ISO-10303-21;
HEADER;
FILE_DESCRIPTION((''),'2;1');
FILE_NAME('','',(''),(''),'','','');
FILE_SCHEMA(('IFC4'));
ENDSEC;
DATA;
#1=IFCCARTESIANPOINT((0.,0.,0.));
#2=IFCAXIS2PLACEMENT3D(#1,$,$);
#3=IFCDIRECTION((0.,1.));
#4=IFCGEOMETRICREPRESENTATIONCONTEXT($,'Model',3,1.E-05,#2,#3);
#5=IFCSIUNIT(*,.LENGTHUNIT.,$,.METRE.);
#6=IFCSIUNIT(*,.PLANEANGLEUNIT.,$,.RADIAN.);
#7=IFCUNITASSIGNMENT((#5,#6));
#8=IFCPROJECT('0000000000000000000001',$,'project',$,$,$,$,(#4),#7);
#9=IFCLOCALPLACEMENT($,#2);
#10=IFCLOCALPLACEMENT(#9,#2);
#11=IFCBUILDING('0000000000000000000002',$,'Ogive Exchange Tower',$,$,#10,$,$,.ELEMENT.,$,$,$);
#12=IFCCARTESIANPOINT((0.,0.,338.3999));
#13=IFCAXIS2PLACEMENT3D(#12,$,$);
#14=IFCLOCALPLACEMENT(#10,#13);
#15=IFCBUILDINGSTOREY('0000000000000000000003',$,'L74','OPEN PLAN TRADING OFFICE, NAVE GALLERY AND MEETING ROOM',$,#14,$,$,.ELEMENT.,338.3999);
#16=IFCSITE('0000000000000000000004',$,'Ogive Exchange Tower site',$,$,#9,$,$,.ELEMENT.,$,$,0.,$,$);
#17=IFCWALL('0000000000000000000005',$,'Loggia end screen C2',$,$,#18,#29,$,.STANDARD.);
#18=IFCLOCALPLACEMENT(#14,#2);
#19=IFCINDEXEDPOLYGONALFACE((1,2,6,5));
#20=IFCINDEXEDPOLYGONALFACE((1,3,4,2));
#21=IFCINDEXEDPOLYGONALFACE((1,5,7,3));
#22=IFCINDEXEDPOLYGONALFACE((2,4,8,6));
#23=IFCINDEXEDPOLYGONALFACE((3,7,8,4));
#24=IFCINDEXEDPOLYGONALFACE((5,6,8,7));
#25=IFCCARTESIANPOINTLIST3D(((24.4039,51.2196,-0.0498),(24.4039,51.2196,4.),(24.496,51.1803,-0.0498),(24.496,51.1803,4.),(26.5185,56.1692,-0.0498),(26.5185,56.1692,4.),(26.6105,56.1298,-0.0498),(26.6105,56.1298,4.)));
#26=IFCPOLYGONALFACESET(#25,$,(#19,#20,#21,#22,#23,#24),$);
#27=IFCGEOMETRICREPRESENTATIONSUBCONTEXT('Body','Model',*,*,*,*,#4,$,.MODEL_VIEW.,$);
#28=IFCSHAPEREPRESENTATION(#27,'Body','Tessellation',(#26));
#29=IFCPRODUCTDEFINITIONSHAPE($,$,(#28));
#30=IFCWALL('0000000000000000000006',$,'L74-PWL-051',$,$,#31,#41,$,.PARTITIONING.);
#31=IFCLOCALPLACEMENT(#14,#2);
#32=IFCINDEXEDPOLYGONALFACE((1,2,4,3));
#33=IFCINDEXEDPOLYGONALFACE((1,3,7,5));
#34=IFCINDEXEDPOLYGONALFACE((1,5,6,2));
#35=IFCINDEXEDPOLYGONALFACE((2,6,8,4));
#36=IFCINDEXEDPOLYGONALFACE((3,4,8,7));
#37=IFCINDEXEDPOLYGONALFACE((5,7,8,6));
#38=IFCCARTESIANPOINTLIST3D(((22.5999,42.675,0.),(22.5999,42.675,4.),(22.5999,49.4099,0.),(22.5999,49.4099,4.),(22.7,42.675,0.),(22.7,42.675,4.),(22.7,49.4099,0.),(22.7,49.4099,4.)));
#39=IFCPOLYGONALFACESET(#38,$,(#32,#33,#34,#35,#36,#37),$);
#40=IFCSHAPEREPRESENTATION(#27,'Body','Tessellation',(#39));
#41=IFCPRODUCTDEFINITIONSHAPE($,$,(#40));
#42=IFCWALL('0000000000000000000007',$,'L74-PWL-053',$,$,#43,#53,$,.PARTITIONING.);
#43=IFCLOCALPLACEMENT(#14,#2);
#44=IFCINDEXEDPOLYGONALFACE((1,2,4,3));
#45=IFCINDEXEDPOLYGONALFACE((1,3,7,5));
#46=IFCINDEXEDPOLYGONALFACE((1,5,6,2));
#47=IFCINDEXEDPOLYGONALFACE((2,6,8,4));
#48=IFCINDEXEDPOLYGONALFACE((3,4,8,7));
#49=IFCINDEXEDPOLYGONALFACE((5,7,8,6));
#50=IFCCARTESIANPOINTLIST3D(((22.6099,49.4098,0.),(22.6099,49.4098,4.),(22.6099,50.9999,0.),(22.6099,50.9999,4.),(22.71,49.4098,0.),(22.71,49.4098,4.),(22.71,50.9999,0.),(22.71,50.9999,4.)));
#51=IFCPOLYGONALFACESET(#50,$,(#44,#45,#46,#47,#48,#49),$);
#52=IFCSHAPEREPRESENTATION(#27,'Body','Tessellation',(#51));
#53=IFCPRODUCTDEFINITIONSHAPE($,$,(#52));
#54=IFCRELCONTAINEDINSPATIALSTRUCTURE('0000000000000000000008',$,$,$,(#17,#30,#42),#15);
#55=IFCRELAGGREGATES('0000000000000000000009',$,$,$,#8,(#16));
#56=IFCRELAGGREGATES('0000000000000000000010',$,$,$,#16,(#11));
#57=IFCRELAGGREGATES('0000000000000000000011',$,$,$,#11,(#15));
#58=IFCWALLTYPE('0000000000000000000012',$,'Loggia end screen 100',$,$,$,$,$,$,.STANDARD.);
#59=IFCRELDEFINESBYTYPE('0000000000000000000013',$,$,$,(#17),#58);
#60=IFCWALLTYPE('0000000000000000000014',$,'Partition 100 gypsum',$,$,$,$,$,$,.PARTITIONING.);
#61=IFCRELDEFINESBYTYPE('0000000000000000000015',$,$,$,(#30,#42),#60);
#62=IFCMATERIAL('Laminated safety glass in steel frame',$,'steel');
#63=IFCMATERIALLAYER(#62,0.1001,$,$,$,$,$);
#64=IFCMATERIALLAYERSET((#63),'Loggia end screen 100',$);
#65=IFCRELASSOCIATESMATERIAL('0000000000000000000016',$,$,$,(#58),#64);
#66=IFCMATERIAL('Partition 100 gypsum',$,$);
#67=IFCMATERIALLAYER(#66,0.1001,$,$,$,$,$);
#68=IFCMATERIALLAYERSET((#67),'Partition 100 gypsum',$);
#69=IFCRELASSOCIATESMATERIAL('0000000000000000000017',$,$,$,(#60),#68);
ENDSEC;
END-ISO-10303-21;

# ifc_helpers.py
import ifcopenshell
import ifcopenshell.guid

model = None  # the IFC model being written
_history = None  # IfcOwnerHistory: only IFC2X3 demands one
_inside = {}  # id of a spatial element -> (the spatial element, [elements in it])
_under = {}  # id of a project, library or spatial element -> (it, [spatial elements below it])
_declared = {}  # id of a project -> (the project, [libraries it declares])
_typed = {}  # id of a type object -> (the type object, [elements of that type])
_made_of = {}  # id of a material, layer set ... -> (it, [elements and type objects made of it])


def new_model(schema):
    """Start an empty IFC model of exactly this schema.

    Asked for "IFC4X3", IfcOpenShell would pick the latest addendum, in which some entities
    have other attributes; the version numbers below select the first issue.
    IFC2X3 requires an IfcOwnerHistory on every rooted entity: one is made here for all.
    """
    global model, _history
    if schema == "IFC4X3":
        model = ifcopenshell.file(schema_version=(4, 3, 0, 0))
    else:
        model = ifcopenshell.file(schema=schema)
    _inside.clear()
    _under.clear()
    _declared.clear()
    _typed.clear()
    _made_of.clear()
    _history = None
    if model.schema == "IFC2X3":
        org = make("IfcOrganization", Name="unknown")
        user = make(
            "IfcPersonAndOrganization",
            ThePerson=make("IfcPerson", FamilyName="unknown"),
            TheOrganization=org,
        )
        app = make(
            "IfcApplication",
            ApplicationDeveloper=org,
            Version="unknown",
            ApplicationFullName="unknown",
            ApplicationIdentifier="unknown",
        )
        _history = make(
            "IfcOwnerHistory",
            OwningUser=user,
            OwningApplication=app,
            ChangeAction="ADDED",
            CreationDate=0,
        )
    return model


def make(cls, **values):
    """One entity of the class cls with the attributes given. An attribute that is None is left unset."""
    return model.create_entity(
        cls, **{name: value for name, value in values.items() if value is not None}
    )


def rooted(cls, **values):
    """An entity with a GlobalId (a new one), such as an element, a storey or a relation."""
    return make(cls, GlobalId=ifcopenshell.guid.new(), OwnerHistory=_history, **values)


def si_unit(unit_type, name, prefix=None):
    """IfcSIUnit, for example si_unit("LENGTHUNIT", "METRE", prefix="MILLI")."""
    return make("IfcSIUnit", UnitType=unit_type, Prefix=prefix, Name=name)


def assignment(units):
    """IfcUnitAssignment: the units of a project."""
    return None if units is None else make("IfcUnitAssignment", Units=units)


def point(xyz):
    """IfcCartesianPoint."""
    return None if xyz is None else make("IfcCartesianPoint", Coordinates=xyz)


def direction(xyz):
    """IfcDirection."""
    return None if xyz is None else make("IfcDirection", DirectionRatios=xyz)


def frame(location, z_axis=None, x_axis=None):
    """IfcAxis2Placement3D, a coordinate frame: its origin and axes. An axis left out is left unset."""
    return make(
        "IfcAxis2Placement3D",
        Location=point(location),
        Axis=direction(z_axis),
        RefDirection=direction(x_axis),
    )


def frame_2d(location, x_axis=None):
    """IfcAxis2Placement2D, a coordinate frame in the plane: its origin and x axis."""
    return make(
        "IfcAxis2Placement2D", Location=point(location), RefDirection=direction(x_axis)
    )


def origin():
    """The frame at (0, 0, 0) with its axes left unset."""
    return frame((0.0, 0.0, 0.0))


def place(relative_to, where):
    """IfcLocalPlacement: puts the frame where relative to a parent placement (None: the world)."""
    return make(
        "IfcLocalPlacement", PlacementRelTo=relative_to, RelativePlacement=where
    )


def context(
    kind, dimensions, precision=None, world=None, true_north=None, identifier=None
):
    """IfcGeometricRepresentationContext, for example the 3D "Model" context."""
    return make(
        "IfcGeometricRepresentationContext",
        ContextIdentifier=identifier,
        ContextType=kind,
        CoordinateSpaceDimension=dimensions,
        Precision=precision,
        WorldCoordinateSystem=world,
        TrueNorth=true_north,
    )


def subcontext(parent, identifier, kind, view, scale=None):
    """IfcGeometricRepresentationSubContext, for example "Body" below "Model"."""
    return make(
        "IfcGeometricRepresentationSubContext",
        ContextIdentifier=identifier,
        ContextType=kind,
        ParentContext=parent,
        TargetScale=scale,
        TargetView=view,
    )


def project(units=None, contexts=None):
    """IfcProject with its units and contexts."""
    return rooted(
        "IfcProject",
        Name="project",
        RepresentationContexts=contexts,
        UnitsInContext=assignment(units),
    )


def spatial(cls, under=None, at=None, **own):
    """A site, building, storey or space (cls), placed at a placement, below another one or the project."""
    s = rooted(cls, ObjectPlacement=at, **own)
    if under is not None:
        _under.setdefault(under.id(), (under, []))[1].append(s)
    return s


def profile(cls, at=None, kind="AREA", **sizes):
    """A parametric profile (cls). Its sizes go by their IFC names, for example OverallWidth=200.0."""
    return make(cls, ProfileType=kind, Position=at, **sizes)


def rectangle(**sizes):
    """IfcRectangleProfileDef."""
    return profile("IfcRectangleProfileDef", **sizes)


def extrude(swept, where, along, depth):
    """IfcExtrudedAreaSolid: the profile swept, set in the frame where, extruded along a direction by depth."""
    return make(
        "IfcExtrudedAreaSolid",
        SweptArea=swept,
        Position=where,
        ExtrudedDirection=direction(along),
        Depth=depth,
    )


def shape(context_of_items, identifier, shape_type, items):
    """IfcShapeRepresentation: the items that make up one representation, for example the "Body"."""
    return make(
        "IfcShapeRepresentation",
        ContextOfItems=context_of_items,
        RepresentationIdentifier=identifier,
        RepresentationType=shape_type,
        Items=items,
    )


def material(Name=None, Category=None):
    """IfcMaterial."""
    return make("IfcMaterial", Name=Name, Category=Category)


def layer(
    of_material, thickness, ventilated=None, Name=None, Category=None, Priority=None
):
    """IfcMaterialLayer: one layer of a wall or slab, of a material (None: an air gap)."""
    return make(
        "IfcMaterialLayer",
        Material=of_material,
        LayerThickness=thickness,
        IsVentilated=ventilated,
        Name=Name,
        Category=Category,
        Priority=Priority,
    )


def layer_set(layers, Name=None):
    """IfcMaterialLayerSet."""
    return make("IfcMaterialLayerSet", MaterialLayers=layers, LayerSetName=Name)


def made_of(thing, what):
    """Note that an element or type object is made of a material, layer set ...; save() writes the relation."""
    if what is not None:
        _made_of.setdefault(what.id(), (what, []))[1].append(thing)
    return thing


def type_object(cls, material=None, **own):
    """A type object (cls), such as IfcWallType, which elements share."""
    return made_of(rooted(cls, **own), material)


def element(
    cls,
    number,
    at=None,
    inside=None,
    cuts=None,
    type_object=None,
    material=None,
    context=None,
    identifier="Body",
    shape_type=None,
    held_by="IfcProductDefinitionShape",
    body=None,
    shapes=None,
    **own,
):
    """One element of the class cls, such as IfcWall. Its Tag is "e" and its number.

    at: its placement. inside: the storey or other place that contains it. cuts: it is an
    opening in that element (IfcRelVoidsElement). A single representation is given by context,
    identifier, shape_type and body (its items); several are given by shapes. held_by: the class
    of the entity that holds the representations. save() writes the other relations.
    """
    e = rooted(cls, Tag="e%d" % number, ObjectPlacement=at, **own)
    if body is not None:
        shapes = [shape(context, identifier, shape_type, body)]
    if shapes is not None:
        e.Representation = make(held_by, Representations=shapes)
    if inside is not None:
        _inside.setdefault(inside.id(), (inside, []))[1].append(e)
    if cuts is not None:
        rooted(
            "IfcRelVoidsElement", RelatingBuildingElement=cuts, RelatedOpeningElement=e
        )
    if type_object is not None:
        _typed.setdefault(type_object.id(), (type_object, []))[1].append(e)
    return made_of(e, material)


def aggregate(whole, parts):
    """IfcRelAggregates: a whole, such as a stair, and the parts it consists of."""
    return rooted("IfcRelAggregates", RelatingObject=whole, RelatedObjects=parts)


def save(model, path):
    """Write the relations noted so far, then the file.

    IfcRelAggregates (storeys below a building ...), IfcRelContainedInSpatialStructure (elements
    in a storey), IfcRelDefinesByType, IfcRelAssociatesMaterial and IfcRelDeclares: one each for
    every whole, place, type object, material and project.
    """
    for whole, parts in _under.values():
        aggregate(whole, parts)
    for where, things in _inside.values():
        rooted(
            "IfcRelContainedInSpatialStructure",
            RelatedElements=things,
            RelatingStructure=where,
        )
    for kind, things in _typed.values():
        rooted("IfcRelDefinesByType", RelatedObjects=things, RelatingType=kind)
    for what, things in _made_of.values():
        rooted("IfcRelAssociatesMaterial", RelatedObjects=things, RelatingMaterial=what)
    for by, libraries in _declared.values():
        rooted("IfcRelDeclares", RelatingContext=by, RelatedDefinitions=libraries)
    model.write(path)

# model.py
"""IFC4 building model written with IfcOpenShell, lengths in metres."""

from ifc_helpers import new_model, si_unit, direction, frame, frame_2d, origin, place, context, subcontext, project, spatial, rectangle, extrude, material, layer, layer_set, type_object, element, save


model = new_model("IFC4")

# Units and contexts
model_context = context("Model", 3, precision=1e-05, world=origin(), true_north=direction((0.0, 1.0)))
body_context = subcontext(model_context, "Body", "Model", "MODEL_VIEW")
ifc_project = project(units=[si_unit("LENGTHUNIT", "METRE"), si_unit("PLANEANGLEUNIT", "RADIAN")], contexts=[model_context])

# Site, building, storey
site_placement = place(None, origin())
site = spatial("IfcSite", under=ifc_project, at=site_placement, Name="Ogive Exchange Tower site", CompositionType="ELEMENT", RefElevation=0.0)
building_placement = place(site_placement, origin())
building = spatial("IfcBuilding", under=site, at=building_placement, Name="Ogive Exchange Tower", CompositionType="ELEMENT")
storey_placement = place(building_placement, frame((0.0, 0.0, 338.3999)))
storey = spatial("IfcBuildingStorey", under=building, at=storey_placement, Name="L74", Description="OPEN PLAN TRADING OFFICE, NAVE GALLERY AND MEETING ROOM", CompositionType="ELEMENT", Elevation=338.3999)

# Walls
ifc_material_1 = material(Name="Laminated safety glass in steel frame", Category="steel")
ifc_layer_1 = layer(ifc_material_1, 0.1001)
ifc_layer_set_1 = layer_set([ifc_layer_1], Name="Loggia end screen 100")
wall_type_1 = type_object("IfcWallType", Name="Loggia end screen 100", PredefinedType="STANDARD", material=ifc_layer_set_1)
wall_1_placement = place(storey_placement, frame((24.45, 51.2, -0.0498), z_axis=(0.0, 0.0, 1.0), x_axis=(0.392868, 0.919595, 0.0)))
element("IfcWall", 1, at=wall_1_placement, inside=storey, type_object=wall_type_1, Name="Loggia end screen C2", PredefinedType="STANDARD", context=body_context, shape_type="SweptSolid", body=[
    extrude(rectangle(XDim=5.3823, YDim=0.1001, at=frame_2d((2.6912, 0.0))), origin(), (0.0, 0.0, 1.0), 4.0498),
])
ifc_material_2 = material(Name="Partition 100 gypsum")
ifc_layer_2 = layer(ifc_material_2, 0.1001)
ifc_layer_set_2 = layer_set([ifc_layer_2], Name="Partition 100 gypsum")
wall_type_2 = type_object("IfcWallType", Name="Partition 100 gypsum", PredefinedType="PARTITIONING", material=ifc_layer_set_2)
wall_2_placement = place(storey_placement, frame((22.6499, 42.675, 0.0), z_axis=(0.0, 0.0, 1.0), x_axis=(0.0, 1.0, 0.0)))
element("IfcWall", 2, at=wall_2_placement, inside=storey, type_object=wall_type_2, Name="L74-PWL-051", PredefinedType="PARTITIONING", context=body_context, shape_type="SweptSolid", body=[
    extrude(rectangle(XDim=6.7349, YDim=0.1001, at=frame_2d((3.3674, 0.0))), origin(), (0.0, 0.0, 1.0), 4.0),
])
wall_3_placement = place(storey_placement, frame((22.6599, 49.4099, 0.0), z_axis=(0.0, 0.0, 1.0), x_axis=(0.0, 1.0, 0.0)))
element("IfcWall", 3, at=wall_3_placement, inside=storey, type_object=wall_type_2, Name="L74-PWL-053", PredefinedType="PARTITIONING", context=body_context, shape_type="SweptSolid", body=[
    extrude(rectangle(XDim=1.5901, YDim=0.1001, at=frame_2d((0.7949, 0.0))), origin(), (0.0, 0.0, 1.0), 4.0),
])

save(model, "model.ifc")
